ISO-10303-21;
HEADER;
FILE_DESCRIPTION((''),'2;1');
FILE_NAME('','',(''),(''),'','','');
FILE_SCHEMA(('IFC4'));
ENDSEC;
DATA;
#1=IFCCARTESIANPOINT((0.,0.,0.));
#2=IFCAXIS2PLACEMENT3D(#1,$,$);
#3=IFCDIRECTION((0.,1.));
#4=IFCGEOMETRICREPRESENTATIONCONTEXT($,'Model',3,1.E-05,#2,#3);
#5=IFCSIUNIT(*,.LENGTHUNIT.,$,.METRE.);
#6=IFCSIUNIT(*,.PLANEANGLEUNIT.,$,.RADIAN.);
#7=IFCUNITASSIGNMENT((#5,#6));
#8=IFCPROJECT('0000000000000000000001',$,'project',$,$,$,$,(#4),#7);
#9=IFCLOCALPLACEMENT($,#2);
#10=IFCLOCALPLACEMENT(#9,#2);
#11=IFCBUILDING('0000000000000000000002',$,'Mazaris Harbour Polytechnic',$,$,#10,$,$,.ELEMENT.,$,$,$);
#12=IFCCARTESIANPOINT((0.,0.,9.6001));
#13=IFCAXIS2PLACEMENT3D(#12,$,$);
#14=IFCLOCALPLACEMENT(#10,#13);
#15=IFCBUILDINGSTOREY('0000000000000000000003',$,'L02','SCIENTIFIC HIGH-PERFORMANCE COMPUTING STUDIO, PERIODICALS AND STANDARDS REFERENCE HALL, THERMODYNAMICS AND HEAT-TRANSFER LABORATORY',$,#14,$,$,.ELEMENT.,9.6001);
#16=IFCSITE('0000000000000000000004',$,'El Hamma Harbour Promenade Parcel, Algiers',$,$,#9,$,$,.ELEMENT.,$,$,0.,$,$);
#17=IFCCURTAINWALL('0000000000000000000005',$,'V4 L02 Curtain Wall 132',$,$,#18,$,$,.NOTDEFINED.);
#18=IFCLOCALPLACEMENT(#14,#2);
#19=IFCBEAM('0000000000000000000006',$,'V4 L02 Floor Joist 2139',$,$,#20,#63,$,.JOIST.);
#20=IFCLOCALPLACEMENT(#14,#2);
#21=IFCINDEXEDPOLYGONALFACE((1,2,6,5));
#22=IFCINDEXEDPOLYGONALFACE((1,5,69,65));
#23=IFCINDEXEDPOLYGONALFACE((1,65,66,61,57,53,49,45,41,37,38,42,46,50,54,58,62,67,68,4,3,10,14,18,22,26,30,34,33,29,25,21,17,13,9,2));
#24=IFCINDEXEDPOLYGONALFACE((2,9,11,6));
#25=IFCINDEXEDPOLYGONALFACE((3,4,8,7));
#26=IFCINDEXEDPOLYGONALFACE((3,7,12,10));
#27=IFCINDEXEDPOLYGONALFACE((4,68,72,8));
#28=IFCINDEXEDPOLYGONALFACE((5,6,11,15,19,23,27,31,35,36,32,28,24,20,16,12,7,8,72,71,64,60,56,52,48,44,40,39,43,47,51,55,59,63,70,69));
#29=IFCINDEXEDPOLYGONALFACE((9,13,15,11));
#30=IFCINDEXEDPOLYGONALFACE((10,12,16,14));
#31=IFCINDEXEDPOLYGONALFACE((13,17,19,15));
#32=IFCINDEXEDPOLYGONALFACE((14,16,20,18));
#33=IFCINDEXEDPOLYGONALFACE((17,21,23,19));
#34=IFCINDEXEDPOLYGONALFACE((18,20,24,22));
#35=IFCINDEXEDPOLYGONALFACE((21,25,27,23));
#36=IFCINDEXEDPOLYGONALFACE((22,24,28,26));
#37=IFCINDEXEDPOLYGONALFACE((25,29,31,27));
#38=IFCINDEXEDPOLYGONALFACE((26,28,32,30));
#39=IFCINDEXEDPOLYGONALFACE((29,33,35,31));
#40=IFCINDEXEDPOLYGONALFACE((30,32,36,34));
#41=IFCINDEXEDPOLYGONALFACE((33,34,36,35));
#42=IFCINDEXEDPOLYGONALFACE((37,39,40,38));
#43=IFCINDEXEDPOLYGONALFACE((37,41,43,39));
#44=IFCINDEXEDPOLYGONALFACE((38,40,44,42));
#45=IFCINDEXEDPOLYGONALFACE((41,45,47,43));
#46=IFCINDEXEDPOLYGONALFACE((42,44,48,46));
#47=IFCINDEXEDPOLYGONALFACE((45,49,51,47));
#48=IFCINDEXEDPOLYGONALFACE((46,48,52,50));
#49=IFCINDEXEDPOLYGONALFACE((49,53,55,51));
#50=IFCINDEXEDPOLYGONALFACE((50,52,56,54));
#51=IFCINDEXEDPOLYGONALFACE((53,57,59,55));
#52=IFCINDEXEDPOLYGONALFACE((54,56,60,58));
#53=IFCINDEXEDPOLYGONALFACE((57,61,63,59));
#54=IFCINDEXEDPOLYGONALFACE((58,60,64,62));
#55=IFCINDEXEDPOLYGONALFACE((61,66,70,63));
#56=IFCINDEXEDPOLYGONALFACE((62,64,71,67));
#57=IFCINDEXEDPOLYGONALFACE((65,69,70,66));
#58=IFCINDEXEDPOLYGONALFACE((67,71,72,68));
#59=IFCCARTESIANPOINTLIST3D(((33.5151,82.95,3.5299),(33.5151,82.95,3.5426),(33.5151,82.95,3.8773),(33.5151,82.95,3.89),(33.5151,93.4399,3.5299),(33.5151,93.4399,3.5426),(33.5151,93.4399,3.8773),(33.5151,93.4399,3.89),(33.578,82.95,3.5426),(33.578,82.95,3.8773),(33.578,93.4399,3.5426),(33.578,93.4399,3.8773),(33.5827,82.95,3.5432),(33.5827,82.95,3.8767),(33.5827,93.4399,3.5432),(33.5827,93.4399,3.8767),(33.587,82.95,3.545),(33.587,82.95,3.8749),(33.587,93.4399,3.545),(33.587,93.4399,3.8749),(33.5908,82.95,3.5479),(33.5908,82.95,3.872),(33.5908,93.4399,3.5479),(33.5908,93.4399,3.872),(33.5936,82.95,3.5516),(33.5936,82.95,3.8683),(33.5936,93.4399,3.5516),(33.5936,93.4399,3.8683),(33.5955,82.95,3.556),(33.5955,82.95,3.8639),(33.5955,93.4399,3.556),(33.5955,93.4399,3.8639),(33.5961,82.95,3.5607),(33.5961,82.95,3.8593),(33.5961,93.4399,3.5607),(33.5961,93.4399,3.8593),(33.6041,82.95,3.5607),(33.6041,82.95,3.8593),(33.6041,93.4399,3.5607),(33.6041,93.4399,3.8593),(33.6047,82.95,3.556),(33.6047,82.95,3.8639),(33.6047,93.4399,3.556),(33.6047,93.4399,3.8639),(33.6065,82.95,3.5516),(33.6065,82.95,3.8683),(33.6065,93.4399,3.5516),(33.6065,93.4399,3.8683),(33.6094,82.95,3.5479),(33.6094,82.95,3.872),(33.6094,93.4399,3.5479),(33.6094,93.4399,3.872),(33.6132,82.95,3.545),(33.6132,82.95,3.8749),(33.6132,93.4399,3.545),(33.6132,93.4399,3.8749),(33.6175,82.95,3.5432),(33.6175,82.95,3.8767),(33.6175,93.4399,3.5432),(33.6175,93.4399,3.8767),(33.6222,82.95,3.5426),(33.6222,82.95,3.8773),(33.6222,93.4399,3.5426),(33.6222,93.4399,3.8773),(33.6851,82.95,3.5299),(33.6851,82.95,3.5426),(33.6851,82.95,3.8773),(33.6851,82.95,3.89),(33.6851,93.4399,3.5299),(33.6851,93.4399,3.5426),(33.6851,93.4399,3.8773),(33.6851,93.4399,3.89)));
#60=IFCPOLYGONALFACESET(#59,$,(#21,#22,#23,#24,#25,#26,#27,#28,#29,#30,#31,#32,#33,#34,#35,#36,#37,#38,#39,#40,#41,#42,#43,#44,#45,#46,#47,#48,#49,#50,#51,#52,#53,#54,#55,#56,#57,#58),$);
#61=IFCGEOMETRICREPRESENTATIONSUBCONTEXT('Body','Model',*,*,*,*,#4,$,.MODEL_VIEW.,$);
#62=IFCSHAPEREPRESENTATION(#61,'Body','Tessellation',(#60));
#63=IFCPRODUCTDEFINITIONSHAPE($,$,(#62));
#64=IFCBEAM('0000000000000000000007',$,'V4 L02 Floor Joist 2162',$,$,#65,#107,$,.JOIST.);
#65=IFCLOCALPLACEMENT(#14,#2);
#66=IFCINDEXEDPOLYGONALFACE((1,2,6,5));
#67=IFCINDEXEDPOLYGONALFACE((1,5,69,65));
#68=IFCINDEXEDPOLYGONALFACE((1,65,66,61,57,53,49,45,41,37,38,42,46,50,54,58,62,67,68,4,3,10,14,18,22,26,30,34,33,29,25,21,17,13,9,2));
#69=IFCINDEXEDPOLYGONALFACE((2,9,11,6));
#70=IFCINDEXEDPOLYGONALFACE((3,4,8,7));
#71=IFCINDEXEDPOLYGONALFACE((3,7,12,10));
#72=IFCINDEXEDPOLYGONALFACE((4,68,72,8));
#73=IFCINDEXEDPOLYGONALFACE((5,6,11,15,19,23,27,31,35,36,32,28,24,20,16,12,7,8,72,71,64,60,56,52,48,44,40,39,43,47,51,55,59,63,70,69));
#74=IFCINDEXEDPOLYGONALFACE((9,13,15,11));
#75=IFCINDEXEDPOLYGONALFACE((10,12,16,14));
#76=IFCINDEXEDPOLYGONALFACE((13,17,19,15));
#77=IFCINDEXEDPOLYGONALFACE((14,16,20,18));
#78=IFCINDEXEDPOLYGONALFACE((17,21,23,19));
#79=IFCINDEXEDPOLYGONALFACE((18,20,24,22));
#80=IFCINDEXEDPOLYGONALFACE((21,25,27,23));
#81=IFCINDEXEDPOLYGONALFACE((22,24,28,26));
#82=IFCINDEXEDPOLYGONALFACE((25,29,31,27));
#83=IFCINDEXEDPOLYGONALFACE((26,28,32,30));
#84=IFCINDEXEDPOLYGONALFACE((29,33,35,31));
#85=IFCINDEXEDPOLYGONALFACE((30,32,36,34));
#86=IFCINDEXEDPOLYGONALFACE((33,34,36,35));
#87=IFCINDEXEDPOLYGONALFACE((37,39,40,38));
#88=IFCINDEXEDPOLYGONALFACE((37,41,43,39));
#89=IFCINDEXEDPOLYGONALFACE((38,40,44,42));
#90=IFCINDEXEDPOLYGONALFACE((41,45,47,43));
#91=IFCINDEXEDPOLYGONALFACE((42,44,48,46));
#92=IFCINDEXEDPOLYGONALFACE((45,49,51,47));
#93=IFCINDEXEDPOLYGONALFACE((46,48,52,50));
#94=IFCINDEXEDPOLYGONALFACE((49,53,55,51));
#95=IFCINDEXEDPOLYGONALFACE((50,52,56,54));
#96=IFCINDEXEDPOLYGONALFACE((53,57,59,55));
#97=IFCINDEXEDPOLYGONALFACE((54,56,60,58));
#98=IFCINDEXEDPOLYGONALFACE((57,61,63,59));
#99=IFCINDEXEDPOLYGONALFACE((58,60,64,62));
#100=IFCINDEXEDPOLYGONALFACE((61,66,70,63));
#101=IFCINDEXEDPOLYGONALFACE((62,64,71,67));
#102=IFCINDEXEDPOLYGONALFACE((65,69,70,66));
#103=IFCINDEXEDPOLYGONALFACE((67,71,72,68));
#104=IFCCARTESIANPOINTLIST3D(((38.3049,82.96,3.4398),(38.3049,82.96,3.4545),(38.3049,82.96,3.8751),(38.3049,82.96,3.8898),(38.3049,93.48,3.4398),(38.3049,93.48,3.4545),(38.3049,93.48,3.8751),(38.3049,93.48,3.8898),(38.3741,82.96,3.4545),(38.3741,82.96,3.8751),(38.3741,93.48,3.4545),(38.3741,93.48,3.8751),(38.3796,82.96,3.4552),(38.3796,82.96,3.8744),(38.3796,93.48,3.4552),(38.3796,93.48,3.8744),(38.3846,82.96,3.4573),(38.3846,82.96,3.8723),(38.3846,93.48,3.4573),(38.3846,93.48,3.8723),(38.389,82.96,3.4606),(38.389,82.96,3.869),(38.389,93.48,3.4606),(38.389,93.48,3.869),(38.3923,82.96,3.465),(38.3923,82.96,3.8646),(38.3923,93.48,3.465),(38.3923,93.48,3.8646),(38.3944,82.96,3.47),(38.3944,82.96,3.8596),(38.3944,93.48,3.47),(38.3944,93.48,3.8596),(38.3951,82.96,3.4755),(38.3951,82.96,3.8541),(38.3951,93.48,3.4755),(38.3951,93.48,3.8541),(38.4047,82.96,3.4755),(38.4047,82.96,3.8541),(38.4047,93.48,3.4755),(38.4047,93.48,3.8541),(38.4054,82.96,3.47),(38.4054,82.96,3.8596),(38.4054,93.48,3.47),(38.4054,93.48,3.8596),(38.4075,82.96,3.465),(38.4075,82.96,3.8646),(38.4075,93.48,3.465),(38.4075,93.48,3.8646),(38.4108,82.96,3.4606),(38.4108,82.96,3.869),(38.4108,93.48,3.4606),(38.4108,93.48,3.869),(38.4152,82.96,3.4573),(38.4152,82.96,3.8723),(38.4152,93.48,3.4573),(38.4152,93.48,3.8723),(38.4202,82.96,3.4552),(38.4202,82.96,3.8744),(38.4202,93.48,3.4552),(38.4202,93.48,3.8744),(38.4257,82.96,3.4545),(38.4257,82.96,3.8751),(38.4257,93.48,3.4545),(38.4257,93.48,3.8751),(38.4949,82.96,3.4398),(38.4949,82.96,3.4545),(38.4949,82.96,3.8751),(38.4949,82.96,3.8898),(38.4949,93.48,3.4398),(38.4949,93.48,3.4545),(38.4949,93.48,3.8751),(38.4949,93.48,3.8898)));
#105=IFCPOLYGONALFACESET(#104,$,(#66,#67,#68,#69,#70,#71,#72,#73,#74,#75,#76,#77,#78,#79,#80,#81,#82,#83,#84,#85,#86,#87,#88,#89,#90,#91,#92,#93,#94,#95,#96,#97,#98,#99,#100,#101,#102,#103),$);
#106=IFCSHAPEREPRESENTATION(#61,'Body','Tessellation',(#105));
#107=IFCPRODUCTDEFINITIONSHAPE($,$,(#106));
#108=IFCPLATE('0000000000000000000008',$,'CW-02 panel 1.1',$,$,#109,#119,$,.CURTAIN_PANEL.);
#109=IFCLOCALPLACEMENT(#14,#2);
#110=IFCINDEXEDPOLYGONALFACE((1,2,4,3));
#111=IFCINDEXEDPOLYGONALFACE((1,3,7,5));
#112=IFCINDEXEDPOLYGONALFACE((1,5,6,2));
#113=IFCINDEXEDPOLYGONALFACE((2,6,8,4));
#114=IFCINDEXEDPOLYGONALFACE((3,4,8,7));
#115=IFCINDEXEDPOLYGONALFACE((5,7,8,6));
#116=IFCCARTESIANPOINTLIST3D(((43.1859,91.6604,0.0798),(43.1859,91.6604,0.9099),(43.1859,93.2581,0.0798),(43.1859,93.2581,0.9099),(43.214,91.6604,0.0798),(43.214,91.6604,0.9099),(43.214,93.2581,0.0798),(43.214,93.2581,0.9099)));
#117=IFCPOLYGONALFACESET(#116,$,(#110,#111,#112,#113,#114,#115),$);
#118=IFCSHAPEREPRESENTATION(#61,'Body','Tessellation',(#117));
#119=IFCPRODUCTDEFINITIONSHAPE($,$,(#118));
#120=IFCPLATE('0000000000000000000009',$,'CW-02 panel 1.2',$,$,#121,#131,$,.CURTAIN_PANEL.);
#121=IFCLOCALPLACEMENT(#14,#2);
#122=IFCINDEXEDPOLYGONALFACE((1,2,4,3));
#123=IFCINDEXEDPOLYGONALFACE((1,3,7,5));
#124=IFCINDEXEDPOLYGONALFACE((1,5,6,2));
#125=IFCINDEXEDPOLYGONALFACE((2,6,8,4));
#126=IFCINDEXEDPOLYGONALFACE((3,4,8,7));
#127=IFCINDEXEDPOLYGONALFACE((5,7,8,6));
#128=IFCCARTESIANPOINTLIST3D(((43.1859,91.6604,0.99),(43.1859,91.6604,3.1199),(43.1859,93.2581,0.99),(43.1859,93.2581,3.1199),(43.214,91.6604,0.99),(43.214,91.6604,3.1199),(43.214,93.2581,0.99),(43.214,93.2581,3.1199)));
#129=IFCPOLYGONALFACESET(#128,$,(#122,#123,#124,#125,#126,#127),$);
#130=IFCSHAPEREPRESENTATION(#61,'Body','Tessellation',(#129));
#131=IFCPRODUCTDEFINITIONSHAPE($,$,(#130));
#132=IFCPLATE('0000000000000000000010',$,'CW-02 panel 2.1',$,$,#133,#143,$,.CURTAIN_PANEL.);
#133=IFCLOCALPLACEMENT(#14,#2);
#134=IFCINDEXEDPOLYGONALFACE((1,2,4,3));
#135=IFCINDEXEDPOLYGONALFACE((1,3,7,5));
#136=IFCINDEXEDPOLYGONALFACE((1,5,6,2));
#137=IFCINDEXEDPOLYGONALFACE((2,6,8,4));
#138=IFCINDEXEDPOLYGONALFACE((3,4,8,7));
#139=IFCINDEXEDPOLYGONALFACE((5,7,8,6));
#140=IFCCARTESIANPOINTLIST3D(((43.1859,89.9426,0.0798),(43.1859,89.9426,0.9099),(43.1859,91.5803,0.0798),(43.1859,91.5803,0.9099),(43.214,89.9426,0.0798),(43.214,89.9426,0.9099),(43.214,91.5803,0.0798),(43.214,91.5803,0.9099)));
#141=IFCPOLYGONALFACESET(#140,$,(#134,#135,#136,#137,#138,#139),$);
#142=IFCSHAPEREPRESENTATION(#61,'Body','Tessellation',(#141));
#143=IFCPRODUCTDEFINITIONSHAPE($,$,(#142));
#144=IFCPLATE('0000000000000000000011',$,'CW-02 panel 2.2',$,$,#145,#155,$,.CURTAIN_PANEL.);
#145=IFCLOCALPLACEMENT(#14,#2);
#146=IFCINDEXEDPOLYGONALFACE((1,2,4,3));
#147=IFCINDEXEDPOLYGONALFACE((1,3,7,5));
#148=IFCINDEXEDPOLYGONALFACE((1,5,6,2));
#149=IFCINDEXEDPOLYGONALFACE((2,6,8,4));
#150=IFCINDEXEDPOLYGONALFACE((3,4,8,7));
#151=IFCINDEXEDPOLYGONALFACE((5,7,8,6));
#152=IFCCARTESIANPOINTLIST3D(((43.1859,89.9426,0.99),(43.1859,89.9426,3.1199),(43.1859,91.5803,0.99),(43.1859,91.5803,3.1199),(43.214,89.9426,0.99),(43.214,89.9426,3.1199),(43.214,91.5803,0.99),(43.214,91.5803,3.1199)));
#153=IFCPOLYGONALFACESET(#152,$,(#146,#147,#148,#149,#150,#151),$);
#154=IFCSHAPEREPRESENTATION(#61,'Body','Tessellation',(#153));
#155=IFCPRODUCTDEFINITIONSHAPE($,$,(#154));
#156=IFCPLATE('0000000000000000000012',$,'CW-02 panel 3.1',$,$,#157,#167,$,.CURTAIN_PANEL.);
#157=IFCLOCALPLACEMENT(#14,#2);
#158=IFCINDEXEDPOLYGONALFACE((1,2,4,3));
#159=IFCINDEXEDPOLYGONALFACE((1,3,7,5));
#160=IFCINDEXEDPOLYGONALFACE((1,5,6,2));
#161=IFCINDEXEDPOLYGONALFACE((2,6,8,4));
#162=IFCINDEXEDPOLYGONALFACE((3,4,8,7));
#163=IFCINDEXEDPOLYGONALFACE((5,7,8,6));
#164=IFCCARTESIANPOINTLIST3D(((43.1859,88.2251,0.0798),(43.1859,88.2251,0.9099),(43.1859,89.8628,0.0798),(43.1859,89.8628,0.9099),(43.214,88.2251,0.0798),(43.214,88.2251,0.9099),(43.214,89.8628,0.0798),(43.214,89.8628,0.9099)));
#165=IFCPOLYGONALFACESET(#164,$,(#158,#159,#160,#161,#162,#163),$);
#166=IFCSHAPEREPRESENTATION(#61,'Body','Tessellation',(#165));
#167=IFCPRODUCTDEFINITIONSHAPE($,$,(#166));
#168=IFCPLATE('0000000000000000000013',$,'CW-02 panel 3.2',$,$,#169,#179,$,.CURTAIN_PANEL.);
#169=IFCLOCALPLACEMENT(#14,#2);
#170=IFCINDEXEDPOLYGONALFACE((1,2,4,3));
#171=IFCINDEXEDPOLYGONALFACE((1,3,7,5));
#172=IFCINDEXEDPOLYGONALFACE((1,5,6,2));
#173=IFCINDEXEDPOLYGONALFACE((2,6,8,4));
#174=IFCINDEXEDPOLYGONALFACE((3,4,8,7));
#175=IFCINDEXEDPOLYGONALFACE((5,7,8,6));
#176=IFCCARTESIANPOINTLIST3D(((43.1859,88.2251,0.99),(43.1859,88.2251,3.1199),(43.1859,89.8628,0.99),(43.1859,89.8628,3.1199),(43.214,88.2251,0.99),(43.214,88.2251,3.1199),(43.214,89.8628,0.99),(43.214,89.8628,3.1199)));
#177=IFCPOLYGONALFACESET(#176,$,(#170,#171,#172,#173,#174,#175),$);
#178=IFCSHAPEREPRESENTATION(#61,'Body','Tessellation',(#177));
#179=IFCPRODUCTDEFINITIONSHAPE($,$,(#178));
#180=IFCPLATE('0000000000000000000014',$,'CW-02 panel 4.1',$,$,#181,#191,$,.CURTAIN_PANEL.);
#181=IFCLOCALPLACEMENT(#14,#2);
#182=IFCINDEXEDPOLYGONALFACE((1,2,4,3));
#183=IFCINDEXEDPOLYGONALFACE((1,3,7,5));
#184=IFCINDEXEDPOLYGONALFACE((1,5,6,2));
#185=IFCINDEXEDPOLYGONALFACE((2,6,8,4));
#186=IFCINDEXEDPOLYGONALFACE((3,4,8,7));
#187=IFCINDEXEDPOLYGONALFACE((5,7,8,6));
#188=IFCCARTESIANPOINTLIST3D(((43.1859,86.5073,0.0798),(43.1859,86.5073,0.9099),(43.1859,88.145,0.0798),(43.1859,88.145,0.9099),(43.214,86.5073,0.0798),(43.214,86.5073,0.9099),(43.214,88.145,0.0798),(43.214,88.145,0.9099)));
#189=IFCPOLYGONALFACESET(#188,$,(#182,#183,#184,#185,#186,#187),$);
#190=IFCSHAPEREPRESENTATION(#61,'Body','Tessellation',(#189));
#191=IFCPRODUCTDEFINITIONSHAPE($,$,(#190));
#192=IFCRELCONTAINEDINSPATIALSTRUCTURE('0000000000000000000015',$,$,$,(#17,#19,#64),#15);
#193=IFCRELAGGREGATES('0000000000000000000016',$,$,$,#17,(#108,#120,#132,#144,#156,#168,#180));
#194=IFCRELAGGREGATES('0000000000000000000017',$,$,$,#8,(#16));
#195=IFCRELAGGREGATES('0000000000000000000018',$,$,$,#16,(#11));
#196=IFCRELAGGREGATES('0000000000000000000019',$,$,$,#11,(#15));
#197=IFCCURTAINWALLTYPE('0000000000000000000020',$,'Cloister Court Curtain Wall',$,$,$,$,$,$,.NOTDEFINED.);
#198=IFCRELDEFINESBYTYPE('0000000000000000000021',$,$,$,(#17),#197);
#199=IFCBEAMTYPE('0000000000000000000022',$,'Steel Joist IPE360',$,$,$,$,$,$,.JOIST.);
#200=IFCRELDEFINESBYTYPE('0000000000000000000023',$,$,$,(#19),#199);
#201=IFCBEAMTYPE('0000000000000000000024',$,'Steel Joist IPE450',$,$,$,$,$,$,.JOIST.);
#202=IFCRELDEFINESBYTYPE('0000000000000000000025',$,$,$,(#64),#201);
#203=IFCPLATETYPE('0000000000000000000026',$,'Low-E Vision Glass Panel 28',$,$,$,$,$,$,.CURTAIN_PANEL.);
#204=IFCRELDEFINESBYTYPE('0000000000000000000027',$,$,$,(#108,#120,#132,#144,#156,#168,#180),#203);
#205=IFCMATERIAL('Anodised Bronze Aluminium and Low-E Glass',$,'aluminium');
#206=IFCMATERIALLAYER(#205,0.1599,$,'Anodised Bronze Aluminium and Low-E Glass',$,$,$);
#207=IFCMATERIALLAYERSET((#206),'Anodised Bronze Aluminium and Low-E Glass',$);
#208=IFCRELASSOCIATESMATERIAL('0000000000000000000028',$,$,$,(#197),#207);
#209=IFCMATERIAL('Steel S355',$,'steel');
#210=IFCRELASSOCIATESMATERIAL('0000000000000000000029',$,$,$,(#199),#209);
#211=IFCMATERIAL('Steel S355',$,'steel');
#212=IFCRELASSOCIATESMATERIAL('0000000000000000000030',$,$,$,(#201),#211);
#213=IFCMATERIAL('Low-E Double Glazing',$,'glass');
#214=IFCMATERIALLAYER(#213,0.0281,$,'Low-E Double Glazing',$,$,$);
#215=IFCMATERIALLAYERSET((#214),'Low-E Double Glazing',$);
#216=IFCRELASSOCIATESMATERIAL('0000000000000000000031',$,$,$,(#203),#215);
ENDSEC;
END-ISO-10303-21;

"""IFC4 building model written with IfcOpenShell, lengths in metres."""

from ifc_helpers import new_model, si_unit, direction, frame, origin, origin_2d, place, context, subcontext, project, spatial, rectangle, i_section, extrude, material, layer, layer_set, material_profile, profile_set, type_object, element, aggregate, save


model = new_model("IFC4")

# Units and contexts
model_context = context("Model", 3, precision=1e-05, world=origin(), true_north=direction((0.0, 1.0)))
body_context = subcontext(model_context, "Body", "Model", "MODEL_VIEW")
ifc_project = project(units=[si_unit("LENGTHUNIT", "METRE"), si_unit("PLANEANGLEUNIT", "RADIAN")], contexts=[model_context])

# Site, building, storey
site_placement = place(None, origin())
site = spatial("IfcSite", under=ifc_project, at=site_placement, Name="El Hamma Harbour Promenade Parcel, Algiers", CompositionType="ELEMENT", RefElevation=0.0)
building_placement = place(site_placement, origin())
building = spatial("IfcBuilding", under=site, at=building_placement, Name="Mazaris Harbour Polytechnic", CompositionType="ELEMENT")
storey_placement = place(building_placement, frame((0.0, 0.0, 9.6001)))
storey = spatial("IfcBuildingStorey", under=building, at=storey_placement, Name="L02", Description="SCIENTIFIC HIGH-PERFORMANCE COMPUTING STUDIO, PERIODICALS AND STANDARDS REFERENCE HALL, THERMODYNAMICS AND HEAT-TRANSFER LABORATORY", CompositionType="ELEMENT", Elevation=9.6001)

# Curtain wall
ifc_material_1 = material(Name="Anodised Bronze Aluminium and Low-E Glass", Category="aluminium")
ifc_layer_1 = layer(ifc_material_1, 0.1599, Name="Anodised Bronze Aluminium and Low-E Glass")
ifc_layer_set_1 = layer_set([ifc_layer_1], Name="Anodised Bronze Aluminium and Low-E Glass")
curtain_wall_type = type_object("IfcCurtainWallType", Name="Cloister Court Curtain Wall", PredefinedType="NOTDEFINED", material=ifc_layer_set_1)
curtain_wall_placement = place(storey_placement, origin())
curtain_wall = element("IfcCurtainWall", 1, at=curtain_wall_placement, inside=storey, type_object=curtain_wall_type, Name="V4 L02 Curtain Wall 132", PredefinedType="NOTDEFINED")

# Beams
ifc_material_2 = material(Name="Steel S355", Category="steel")
ifc_material_profile_1 = material_profile(ifc_material_2, i_section(OverallWidth=0.1699, OverallDepth=0.3601, WebThickness=0.0081, FlangeThickness=0.0127, FilletRadius=0.0181, at=origin_2d()), Name="IPE 360")
ifc_profile_set_1 = profile_set([ifc_material_profile_1], Name="Steel S355")
beam_type_1 = type_object("IfcBeamType", Name="Steel Joist IPE360", PredefinedType="JOIST", material=ifc_profile_set_1)
beam_1_placement = place(storey_placement, frame((33.6001, 82.95, 3.71), z_axis=(0.0, 1.0, 0.0), x_axis=(-1.0, 0.0, 0.0)))
element("IfcBeam", 2, at=beam_1_placement, inside=storey, type_object=beam_type_1, Name="V4 L02 Floor Joist 2139", PredefinedType="JOIST", context=body_context, shape_type="SweptSolid", body=[
    extrude(i_section(OverallWidth=0.1699, OverallDepth=0.3601, WebThickness=0.0081, FlangeThickness=0.0127, FilletRadius=0.0181, at=origin_2d()), origin(), (0.0, 0.0, 1.0), 10.49),
])
ifc_material_3 = material(Name="Steel S355", Category="steel")
ifc_material_profile_2 = material_profile(ifc_material_3, i_section(OverallWidth=0.1899, OverallDepth=0.45, WebThickness=0.0095, FlangeThickness=0.0146, FilletRadius=0.021, at=origin_2d()), Name="IPE 450")
ifc_profile_set_2 = profile_set([ifc_material_profile_2], Name="Steel S355")
beam_type_2 = type_object("IfcBeamType", Name="Steel Joist IPE450", PredefinedType="JOIST", material=ifc_profile_set_2)
beam_2_placement = place(storey_placement, frame((38.3999, 82.96, 3.6648), z_axis=(0.0, 1.0, 0.0), x_axis=(-1.0, 0.0, 0.0)))
element("IfcBeam", 3, at=beam_2_placement, inside=storey, type_object=beam_type_2, Name="V4 L02 Floor Joist 2162", PredefinedType="JOIST", context=body_context, shape_type="SweptSolid", body=[
    extrude(i_section(OverallWidth=0.1899, OverallDepth=0.45, WebThickness=0.0095, FlangeThickness=0.0146, FilletRadius=0.021, at=origin_2d()), origin(), (0.0, 0.0, 1.0), 10.52),
])

# Plates
ifc_material_4 = material(Name="Low-E Double Glazing", Category="glass")
ifc_layer_2 = layer(ifc_material_4, 0.0281, Name="Low-E Double Glazing")
ifc_layer_set_2 = layer_set([ifc_layer_2], Name="Low-E Double Glazing")
plate_type = type_object("IfcPlateType", Name="Low-E Vision Glass Panel 28", PredefinedType="CURTAIN_PANEL", material=ifc_layer_set_2)
plate_1_placement = place(storey_placement, frame((43.2, 92.4592, 0.0798), z_axis=(0.0, 0.0, 1.0), x_axis=(0.0, -1.0, 0.0)))
plate_1 = element("IfcPlate", 4, at=plate_1_placement, type_object=plate_type, Name="CW-02 panel 1.1", PredefinedType="CURTAIN_PANEL", context=body_context, shape_type="SweptSolid", body=[
    extrude(rectangle(XDim=1.5977, YDim=0.0281, at=origin_2d()), origin(), (0.0, 0.0, 1.0), 0.8301),
])
plate_2_placement = place(storey_placement, frame((43.2, 92.4592, 0.99), z_axis=(0.0, 0.0, 1.0), x_axis=(0.0, -1.0, 0.0)))
plate_2 = element("IfcPlate", 5, at=plate_2_placement, type_object=plate_type, Name="CW-02 panel 1.2", PredefinedType="CURTAIN_PANEL", context=body_context, shape_type="SweptSolid", body=[
    extrude(rectangle(XDim=1.5977, YDim=0.0281, at=origin_2d()), origin(), (0.0, 0.0, 1.0), 2.1299),
])
plate_3_placement = place(storey_placement, frame((43.2, 90.7615, 0.0798), z_axis=(0.0, 0.0, 1.0), x_axis=(0.0, -1.0, 0.0)))
plate_3 = element("IfcPlate", 6, at=plate_3_placement, type_object=plate_type, Name="CW-02 panel 2.1", PredefinedType="CURTAIN_PANEL", context=body_context, shape_type="SweptSolid", body=[
    extrude(rectangle(XDim=1.6377, YDim=0.0281, at=origin_2d()), origin(), (0.0, 0.0, 1.0), 0.8301),
])
plate_4_placement = place(storey_placement, frame((43.2, 90.7615, 0.99), z_axis=(0.0, 0.0, 1.0), x_axis=(0.0, -1.0, 0.0)))
plate_4 = element("IfcPlate", 7, at=plate_4_placement, type_object=plate_type, Name="CW-02 panel 2.2", PredefinedType="CURTAIN_PANEL", context=body_context, shape_type="SweptSolid", body=[
    extrude(rectangle(XDim=1.6377, YDim=0.0281, at=origin_2d()), origin(), (0.0, 0.0, 1.0), 2.1299),
])
plate_5_placement = place(storey_placement, frame((43.2, 89.0439, 0.0798), z_axis=(0.0, 0.0, 1.0), x_axis=(0.0, -1.0, 0.0)))
plate_5 = element("IfcPlate", 8, at=plate_5_placement, type_object=plate_type, Name="CW-02 panel 3.1", PredefinedType="CURTAIN_PANEL", context=body_context, shape_type="SweptSolid", body=[
    extrude(rectangle(XDim=1.6377, YDim=0.0281, at=origin_2d()), origin(), (0.0, 0.0, 1.0), 0.8301),
])
plate_6_placement = place(storey_placement, frame((43.2, 89.0439, 0.99), z_axis=(0.0, 0.0, 1.0), x_axis=(0.0, -1.0, 0.0)))
plate_6 = element("IfcPlate", 9, at=plate_6_placement, type_object=plate_type, Name="CW-02 panel 3.2", PredefinedType="CURTAIN_PANEL", context=body_context, shape_type="SweptSolid", body=[
    extrude(rectangle(XDim=1.6377, YDim=0.0281, at=origin_2d()), origin(), (0.0, 0.0, 1.0), 2.1299),
])
plate_7_placement = place(storey_placement, frame((43.2, 87.3262, 0.0798), z_axis=(0.0, 0.0, 1.0), x_axis=(0.0, -1.0, 0.0)))
plate_7 = element("IfcPlate", 10, at=plate_7_placement, type_object=plate_type, Name="CW-02 panel 4.1", PredefinedType="CURTAIN_PANEL", context=body_context, shape_type="SweptSolid", body=[
    extrude(rectangle(XDim=1.6377, YDim=0.0281, at=origin_2d()), origin(), (0.0, 0.0, 1.0), 0.8301),
])
aggregate(curtain_wall, [plate_1, plate_2, plate_3, plate_4, plate_5, plate_6, plate_7])

save(model, "model.ifc")
